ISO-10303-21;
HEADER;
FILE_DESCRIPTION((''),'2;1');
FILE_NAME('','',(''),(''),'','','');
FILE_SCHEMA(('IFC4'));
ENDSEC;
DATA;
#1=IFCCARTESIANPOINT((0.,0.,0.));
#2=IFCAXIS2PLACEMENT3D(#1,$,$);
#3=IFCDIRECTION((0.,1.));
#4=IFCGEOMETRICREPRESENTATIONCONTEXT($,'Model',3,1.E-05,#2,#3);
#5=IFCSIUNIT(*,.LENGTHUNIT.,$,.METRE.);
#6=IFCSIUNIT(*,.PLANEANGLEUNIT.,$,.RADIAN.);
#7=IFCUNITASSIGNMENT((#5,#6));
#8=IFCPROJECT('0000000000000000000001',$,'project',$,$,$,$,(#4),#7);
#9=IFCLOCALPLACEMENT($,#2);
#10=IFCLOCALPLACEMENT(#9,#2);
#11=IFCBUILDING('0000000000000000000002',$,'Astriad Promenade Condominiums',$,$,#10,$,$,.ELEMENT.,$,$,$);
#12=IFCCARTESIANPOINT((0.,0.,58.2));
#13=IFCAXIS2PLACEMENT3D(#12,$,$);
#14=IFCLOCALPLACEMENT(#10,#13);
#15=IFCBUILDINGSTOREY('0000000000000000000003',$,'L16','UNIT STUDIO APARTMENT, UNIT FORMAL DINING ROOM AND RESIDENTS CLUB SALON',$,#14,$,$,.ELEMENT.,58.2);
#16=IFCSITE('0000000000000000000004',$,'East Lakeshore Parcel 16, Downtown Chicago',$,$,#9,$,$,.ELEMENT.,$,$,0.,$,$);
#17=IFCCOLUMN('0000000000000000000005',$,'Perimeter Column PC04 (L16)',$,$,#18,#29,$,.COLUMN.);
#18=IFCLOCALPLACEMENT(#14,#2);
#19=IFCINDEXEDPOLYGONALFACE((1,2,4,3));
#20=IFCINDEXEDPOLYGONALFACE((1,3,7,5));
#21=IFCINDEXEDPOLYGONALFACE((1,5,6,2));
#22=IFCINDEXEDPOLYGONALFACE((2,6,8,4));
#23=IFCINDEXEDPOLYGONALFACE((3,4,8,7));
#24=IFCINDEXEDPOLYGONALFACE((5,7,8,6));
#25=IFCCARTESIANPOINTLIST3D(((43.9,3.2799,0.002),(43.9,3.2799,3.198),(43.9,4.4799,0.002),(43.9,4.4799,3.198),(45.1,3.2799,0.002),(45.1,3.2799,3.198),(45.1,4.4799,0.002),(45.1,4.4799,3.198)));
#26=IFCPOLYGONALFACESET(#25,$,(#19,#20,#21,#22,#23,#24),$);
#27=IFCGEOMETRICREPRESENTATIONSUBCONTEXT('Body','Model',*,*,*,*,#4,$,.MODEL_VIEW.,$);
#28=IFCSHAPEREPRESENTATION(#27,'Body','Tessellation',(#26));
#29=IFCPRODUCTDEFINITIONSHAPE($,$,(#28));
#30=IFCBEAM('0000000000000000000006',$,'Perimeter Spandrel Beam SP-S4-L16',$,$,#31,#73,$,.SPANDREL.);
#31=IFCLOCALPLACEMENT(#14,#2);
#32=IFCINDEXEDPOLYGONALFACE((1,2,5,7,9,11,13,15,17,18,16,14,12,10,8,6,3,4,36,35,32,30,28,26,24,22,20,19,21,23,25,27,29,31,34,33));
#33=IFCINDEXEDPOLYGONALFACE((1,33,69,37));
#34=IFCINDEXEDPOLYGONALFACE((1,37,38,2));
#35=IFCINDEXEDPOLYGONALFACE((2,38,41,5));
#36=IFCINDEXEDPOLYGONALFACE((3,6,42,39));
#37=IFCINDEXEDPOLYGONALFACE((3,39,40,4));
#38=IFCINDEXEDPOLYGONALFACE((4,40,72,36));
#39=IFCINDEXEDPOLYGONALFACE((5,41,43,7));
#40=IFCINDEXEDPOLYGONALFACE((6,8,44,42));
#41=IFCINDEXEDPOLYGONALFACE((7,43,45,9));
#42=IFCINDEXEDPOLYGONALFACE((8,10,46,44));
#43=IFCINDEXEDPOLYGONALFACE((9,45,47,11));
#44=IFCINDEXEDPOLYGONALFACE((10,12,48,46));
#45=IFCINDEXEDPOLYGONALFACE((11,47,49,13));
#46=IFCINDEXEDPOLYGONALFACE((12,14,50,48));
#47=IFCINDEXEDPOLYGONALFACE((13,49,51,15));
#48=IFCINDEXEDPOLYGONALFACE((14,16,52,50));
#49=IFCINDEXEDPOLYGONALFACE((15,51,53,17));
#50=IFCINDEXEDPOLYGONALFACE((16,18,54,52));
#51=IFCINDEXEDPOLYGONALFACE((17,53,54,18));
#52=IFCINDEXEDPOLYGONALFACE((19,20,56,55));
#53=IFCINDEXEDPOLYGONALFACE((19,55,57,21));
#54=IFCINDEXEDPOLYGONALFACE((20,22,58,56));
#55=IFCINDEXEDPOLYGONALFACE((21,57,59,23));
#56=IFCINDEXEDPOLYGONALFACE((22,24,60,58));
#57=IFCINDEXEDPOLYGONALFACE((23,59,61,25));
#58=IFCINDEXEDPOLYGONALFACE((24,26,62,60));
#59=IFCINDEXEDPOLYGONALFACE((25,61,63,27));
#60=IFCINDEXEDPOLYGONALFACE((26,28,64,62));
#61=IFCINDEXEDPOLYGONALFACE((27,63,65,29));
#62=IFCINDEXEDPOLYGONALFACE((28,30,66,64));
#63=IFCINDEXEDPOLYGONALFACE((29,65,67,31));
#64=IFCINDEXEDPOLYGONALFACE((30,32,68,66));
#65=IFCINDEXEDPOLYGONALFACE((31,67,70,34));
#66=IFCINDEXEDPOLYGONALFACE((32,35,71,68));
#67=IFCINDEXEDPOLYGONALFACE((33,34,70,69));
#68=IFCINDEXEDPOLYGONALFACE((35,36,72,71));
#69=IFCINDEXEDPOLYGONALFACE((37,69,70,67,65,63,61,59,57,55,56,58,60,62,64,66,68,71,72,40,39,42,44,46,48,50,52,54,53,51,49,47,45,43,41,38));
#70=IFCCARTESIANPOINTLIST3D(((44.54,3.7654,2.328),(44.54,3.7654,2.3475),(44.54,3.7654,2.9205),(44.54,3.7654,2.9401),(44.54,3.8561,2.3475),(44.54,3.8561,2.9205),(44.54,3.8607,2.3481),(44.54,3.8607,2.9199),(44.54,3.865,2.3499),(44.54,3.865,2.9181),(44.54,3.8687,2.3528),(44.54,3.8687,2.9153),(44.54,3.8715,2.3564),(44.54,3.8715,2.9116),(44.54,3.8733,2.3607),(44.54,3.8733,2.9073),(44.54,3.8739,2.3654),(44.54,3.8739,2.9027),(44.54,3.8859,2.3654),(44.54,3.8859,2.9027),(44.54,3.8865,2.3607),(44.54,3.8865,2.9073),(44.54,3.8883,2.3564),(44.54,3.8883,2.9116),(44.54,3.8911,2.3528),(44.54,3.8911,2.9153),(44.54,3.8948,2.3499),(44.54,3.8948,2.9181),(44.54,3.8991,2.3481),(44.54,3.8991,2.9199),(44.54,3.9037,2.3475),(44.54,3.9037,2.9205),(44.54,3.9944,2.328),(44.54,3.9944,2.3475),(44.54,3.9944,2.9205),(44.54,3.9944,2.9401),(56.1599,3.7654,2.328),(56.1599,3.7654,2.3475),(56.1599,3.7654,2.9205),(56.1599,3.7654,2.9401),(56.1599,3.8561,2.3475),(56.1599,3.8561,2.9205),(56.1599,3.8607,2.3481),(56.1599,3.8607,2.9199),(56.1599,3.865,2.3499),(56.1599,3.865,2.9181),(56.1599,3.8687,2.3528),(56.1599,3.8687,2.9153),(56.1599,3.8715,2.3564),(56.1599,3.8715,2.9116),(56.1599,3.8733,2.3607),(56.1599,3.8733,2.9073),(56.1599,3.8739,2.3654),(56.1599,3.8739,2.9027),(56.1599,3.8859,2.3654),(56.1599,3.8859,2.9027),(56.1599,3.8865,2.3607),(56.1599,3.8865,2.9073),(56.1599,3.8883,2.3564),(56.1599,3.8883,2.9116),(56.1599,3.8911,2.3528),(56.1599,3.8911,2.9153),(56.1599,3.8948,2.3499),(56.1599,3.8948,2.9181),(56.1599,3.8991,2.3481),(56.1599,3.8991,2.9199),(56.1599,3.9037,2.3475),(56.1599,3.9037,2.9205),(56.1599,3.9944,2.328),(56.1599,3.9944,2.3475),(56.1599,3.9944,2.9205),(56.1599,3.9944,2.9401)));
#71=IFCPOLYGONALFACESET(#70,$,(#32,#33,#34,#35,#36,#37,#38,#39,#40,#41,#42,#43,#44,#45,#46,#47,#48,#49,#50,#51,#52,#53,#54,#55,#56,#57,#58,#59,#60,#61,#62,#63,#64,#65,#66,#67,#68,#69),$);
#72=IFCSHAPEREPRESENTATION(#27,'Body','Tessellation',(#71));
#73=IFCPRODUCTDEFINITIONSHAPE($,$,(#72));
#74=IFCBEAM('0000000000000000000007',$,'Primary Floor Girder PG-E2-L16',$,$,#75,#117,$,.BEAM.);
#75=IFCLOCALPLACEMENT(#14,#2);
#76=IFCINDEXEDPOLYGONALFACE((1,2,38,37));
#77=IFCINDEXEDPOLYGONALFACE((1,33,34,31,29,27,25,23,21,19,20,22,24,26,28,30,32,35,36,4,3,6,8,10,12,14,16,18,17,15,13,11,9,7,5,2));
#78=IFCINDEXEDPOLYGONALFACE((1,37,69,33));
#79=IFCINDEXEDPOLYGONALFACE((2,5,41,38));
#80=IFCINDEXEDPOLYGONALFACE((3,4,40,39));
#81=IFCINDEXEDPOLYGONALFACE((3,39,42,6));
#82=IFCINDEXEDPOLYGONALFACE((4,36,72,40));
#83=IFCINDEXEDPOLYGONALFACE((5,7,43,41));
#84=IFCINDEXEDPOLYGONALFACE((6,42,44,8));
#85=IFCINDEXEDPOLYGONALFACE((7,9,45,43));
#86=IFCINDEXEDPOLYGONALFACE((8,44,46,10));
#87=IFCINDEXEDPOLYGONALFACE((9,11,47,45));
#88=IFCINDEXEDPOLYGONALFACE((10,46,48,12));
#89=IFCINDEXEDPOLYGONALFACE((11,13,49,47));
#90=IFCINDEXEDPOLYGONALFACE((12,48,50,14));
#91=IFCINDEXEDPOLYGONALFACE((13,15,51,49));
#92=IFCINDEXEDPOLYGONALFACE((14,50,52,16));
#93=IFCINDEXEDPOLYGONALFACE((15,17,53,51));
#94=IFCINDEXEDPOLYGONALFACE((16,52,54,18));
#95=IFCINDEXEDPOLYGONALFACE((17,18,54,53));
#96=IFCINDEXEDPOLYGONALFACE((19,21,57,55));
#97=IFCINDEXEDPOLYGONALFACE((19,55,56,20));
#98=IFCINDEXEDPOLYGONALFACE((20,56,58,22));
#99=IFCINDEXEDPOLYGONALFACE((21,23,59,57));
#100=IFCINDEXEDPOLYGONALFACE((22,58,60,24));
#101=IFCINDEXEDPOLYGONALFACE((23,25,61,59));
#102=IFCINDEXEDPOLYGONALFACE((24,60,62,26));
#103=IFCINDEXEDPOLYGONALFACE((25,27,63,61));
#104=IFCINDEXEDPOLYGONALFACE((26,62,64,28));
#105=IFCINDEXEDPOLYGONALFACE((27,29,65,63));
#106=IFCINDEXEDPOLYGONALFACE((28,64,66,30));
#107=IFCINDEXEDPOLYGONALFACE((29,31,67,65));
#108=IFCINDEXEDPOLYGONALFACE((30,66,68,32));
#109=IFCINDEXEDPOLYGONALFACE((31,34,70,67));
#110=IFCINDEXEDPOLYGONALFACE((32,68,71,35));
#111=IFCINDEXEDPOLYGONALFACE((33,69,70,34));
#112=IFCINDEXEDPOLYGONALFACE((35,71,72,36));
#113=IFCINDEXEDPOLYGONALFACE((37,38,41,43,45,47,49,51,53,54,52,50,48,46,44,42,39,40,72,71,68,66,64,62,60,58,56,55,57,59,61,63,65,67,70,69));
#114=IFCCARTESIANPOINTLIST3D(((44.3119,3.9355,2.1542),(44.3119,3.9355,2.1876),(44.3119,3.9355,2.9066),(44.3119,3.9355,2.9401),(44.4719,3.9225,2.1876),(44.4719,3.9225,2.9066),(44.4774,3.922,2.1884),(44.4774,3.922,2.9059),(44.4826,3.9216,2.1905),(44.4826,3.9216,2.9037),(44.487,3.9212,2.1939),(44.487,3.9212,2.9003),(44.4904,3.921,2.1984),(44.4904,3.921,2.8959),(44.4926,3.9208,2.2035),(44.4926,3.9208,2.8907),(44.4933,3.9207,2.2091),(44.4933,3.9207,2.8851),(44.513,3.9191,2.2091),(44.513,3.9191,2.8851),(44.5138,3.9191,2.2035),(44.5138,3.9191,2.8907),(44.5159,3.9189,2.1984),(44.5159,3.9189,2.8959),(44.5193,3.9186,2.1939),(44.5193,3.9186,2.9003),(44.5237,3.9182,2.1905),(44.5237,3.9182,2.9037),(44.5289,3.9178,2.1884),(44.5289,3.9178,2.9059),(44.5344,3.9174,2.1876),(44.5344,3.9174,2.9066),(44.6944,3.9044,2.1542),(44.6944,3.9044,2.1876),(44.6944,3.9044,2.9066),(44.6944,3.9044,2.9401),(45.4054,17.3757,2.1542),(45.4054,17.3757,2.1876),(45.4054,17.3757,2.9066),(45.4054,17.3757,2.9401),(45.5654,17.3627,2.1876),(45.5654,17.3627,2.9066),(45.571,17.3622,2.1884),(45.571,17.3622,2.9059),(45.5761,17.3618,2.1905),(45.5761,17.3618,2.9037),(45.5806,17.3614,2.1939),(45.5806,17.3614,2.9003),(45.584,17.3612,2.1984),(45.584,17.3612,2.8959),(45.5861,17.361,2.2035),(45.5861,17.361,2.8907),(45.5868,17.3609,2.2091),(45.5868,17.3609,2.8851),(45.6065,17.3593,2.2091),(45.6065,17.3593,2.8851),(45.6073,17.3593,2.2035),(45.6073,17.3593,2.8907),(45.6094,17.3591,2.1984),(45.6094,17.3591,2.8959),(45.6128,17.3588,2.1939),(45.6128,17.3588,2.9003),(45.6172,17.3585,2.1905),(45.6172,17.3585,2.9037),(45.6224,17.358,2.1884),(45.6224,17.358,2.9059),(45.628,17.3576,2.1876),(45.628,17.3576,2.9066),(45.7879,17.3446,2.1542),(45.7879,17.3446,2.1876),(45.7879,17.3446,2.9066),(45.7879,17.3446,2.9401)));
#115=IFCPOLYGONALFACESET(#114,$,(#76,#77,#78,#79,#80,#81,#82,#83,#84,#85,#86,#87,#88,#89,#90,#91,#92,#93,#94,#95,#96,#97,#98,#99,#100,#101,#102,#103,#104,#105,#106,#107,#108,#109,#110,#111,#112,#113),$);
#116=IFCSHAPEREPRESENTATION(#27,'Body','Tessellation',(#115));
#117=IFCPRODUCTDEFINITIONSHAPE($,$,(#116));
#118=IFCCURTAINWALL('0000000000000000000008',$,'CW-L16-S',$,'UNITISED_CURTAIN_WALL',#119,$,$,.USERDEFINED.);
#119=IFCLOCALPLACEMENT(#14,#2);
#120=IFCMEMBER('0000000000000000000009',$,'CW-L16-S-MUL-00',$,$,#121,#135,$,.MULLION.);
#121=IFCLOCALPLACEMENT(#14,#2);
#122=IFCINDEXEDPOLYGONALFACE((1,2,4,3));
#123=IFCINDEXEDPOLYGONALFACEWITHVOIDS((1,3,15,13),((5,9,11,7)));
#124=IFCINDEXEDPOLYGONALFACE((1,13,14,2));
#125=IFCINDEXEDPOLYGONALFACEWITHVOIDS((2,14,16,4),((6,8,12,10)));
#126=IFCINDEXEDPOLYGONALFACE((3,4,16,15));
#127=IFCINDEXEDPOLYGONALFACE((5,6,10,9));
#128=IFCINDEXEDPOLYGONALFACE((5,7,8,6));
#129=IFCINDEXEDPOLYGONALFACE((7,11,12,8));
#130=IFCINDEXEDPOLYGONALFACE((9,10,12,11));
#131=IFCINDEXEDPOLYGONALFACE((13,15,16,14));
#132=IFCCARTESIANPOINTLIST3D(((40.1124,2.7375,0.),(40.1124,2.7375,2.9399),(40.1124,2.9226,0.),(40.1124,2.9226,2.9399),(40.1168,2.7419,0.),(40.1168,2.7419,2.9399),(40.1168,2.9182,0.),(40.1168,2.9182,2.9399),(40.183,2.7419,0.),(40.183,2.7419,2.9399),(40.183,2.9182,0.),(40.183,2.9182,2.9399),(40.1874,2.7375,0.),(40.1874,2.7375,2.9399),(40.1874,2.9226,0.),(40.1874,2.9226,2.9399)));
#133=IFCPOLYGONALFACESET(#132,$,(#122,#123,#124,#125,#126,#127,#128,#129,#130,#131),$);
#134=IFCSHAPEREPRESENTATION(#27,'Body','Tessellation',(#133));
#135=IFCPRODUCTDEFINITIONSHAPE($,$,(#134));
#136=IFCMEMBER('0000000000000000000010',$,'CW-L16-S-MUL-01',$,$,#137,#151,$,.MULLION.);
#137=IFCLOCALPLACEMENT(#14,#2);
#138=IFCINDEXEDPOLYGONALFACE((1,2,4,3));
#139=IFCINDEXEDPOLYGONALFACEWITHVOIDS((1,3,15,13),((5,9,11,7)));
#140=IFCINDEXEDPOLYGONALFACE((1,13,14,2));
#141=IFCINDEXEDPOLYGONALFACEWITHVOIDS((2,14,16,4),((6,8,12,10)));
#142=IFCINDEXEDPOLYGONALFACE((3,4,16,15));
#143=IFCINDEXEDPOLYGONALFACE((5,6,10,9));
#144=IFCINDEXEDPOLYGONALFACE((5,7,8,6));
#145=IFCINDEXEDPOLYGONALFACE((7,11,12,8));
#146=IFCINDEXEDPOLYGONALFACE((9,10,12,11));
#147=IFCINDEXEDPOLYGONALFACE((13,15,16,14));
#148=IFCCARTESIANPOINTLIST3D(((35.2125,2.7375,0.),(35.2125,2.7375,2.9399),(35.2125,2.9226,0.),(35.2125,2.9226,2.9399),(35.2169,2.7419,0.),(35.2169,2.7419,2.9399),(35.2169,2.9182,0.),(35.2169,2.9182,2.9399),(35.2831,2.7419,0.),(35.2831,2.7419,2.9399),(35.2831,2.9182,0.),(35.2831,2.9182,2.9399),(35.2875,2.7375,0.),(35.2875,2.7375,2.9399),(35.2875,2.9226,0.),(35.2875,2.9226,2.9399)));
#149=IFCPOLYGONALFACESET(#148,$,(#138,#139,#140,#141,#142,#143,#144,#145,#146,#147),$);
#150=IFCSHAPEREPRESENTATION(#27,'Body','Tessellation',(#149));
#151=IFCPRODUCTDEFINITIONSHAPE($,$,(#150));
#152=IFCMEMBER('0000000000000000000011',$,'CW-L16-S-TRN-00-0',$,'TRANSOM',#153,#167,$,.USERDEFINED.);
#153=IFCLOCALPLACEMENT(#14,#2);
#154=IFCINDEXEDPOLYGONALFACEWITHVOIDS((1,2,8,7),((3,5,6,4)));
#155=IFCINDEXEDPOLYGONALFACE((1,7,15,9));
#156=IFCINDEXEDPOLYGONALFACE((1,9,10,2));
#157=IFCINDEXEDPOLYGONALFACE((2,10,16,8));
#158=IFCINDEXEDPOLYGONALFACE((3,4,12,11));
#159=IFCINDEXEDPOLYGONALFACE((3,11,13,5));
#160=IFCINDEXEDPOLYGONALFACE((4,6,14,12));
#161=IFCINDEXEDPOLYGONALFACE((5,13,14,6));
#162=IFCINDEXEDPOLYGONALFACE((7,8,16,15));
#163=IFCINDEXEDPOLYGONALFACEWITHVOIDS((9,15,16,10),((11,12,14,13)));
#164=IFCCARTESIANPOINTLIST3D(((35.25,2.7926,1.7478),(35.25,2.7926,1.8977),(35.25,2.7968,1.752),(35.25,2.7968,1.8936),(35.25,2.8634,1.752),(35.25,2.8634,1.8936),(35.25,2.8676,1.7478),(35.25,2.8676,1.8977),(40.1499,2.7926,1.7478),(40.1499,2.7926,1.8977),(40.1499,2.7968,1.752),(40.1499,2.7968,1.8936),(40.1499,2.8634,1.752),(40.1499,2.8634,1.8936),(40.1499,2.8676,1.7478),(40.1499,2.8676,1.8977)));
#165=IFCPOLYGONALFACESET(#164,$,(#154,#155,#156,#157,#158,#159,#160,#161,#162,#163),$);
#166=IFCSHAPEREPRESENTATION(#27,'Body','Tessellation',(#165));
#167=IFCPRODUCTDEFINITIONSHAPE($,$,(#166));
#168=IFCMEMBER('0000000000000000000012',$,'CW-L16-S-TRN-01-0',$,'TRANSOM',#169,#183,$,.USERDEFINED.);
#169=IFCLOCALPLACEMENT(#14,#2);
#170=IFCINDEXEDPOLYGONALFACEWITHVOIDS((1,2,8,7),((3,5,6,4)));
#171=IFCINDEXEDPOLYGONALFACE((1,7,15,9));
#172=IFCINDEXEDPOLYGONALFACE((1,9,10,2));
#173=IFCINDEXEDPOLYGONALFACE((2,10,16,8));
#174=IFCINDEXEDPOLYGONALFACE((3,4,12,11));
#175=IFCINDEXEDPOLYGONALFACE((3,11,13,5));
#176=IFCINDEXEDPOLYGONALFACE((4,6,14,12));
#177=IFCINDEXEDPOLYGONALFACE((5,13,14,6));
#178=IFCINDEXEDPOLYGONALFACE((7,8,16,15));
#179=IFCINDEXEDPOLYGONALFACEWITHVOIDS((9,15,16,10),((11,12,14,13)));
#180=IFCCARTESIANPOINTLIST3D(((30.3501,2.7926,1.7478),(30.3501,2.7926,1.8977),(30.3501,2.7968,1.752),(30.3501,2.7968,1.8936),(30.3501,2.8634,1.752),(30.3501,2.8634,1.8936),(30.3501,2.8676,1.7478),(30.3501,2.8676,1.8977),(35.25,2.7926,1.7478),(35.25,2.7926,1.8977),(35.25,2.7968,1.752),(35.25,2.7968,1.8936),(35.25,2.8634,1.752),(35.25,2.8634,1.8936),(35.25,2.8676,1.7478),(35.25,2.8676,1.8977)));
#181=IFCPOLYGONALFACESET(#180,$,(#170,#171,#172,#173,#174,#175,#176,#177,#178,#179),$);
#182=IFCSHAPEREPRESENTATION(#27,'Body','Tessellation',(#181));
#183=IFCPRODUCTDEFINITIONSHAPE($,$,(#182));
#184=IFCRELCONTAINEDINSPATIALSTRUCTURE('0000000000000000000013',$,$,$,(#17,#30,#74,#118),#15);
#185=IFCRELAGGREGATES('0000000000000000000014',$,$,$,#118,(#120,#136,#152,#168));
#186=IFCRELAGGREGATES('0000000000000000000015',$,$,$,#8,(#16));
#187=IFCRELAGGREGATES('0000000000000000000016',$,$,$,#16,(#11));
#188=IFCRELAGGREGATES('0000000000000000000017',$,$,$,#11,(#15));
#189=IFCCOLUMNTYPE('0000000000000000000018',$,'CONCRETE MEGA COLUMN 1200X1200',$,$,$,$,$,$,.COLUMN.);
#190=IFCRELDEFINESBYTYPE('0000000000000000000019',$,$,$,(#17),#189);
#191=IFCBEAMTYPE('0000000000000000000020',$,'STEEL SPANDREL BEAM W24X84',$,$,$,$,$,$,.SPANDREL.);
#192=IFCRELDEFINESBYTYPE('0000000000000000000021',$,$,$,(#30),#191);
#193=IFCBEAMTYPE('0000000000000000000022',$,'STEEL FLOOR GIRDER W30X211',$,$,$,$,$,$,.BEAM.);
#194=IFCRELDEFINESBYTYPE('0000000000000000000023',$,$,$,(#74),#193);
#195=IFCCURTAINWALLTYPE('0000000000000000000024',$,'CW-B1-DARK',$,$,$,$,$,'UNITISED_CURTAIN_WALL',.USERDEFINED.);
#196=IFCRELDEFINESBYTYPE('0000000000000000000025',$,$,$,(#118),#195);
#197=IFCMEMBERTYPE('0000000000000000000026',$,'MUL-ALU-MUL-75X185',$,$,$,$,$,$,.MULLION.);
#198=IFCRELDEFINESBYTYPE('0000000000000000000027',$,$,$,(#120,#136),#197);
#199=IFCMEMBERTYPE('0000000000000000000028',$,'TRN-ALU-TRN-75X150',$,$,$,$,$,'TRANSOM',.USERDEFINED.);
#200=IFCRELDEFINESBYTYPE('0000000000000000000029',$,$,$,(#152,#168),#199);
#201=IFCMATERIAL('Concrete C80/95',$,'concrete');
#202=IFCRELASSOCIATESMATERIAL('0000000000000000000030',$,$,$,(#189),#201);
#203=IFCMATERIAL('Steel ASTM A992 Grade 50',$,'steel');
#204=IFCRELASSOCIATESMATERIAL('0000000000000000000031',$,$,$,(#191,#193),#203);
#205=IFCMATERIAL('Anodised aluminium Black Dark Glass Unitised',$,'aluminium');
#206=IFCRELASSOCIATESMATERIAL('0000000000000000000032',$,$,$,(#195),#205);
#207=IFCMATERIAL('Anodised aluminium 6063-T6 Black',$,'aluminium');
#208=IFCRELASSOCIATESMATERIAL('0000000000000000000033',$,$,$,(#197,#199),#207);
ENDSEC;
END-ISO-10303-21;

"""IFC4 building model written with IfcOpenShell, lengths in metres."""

from ifc_helpers import new_model, si_unit, direction, frame, origin, origin_2d, place, context, subcontext, project, spatial, rectangle, hollow_rectangle, i_section, extrude, source, transform, mapped, material, material_profile, profile_set, type_object, type_shapes, element, aggregate, save


model = new_model("IFC4")

# Units and contexts
model_context = context("Model", 3, precision=1e-05, world=origin(), true_north=direction((0.0, 1.0)))
body_context = subcontext(model_context, "Body", "Model", "MODEL_VIEW")
ifc_project = project(units=[si_unit("LENGTHUNIT", "METRE"), si_unit("PLANEANGLEUNIT", "RADIAN")], contexts=[model_context])

# Site, building, storey
site_placement = place(None, origin())
site = spatial("IfcSite", under=ifc_project, at=site_placement, Name="East Lakeshore Parcel 16, Downtown Chicago", CompositionType="ELEMENT", RefElevation=0.0)
building_placement = place(site_placement, origin())
building = spatial("IfcBuilding", under=site, at=building_placement, Name="Astriad Promenade Condominiums", CompositionType="ELEMENT")
storey_placement = place(building_placement, frame((0.0, 0.0, 58.2)))
storey = spatial("IfcBuildingStorey", under=building, at=storey_placement, Name="L16", Description="UNIT STUDIO APARTMENT, UNIT FORMAL DINING ROOM AND RESIDENTS CLUB SALON", CompositionType="ELEMENT", Elevation=58.2)

# Column
ifc_material_1 = material(Name="Concrete C80/95", Category="concrete")
ifc_material_profile_1 = material_profile(ifc_material_1, rectangle(XDim=1.2, YDim=1.2, at=origin_2d()), Name="RC-COL-1200X1200")
ifc_profile_set_1 = profile_set([ifc_material_profile_1], Name="Concrete C80/95")
column_type = type_object("IfcColumnType", Name="CONCRETE MEGA COLUMN 1200X1200", PredefinedType="COLUMN", material=ifc_profile_set_1)
shared_shape_1 = source(origin(), body_context, "Body", "SweptSolid", [
    extrude(rectangle(XDim=1.2, YDim=1.2, at=origin_2d()), origin(), (0.0, 0.0, 1.0), 3.196),
])
type_shapes(column_type, [shared_shape_1])
column_placement = place(storey_placement, frame((44.5, 3.8799, 0.002), z_axis=(0.0, 0.0, 1.0), x_axis=(1.0, 0.0, 0.0)))
element("IfcColumn", 1, at=column_placement, inside=storey, type_object=column_type, Name="Perimeter Column PC04 (L16)", PredefinedType="COLUMN", context=body_context, shape_type="MappedRepresentation", body=[
    mapped(shared_shape_1, transform((0.0, 0.0, 0.0), scale=1.0)),
])

# Beams
ifc_material_2 = material(Name="Steel ASTM A992 Grade 50", Category="steel")
ifc_material_profile_2 = material_profile(ifc_material_2, i_section(OverallWidth=0.229, OverallDepth=0.6121, WebThickness=0.012, FlangeThickness=0.0195, FilletRadius=0.0178, at=origin_2d()), Name="W24X84")
ifc_profile_set_2 = profile_set([ifc_material_profile_2], Name="Steel ASTM A992 Grade 50")
beam_type_1 = type_object("IfcBeamType", Name="STEEL SPANDREL BEAM W24X84", PredefinedType="SPANDREL", material=ifc_profile_set_2)
shared_shape_2 = source(origin(), body_context, "Body", "SweptSolid", [
    extrude(i_section(OverallWidth=0.229, OverallDepth=0.6121, WebThickness=0.012, FlangeThickness=0.0195, FilletRadius=0.0178, at=origin_2d()), origin(), (0.0, 0.0, 1.0), 11.6199),
])
type_shapes(beam_type_1, [shared_shape_2])
beam_1_placement = place(storey_placement, frame((44.54, 3.8799, 2.634), z_axis=(1.0, 0.0, 0.0), x_axis=(0.0, 1.0, 0.0)))
element("IfcBeam", 2, at=beam_1_placement, inside=storey, type_object=beam_type_1, Name="Perimeter Spandrel Beam SP-S4-L16", PredefinedType="SPANDREL", context=body_context, shape_type="MappedRepresentation", body=[
    mapped(shared_shape_2, transform((0.0, 0.0, 0.0), scale=1.0)),
])
ifc_material_profile_3 = material_profile(ifc_material_2, i_section(OverallWidth=0.3838, OverallDepth=0.7859, WebThickness=0.0198, FlangeThickness=0.0334, FilletRadius=0.0215, at=origin_2d()), Name="W30X211")
ifc_profile_set_3 = profile_set([ifc_material_profile_3], Name="Steel ASTM A992 Grade 50")
beam_type_2 = type_object("IfcBeamType", Name="STEEL FLOOR GIRDER W30X211", PredefinedType="BEAM", material=ifc_profile_set_3)
shared_shape_3 = source(origin(), body_context, "Body", "SweptSolid", [
    extrude(i_section(OverallWidth=0.3838, OverallDepth=0.7859, WebThickness=0.0198, FlangeThickness=0.0334, FilletRadius=0.0215, at=origin_2d()), origin(), (0.0, 0.0, 1.0), 13.4846),
])
type_shapes(beam_type_2, [shared_shape_3])
beam_2_placement = place(storey_placement, frame((44.5032, 3.9199, 2.5471), z_axis=(0.081093, 0.996707, 0.0), x_axis=(-0.996707, 0.081093, 0.0)))
element("IfcBeam", 3, at=beam_2_placement, inside=storey, type_object=beam_type_2, Name="Primary Floor Girder PG-E2-L16", PredefinedType="BEAM", context=body_context, shape_type="MappedRepresentation", body=[
    mapped(shared_shape_3, transform((0.0, 0.0, 0.0), scale=1.0)),
])

# Curtain wall, members
ifc_material_3 = material(Name="Anodised aluminium Black Dark Glass Unitised", Category="aluminium")
curtain_wall_type = type_object("IfcCurtainWallType", Name="CW-B1-DARK", ElementType="UNITISED_CURTAIN_WALL", PredefinedType="USERDEFINED", material=ifc_material_3)
curtain_wall_placement = place(storey_placement, origin())
curtain_wall = element("IfcCurtainWall", 4, at=curtain_wall_placement, inside=storey, type_object=curtain_wall_type, Name="CW-L16-S", ObjectType="UNITISED_CURTAIN_WALL", PredefinedType="USERDEFINED")
ifc_material_4 = material(Name="Anodised aluminium 6063-T6 Black", Category="aluminium")
ifc_material_profile_4 = material_profile(ifc_material_4, hollow_rectangle(XDim=0.075, YDim=0.1851, WallThickness=0.0044, at=origin_2d()), Name="ALU-MUL-75X185")
ifc_profile_set_4 = profile_set([ifc_material_profile_4], Name="Anodised aluminium 6063-T6 Black")
member_type_1 = type_object("IfcMemberType", Name="MUL-ALU-MUL-75X185", PredefinedType="MULLION", material=ifc_profile_set_4)
shared_shape_4 = source(origin(), body_context, "Body", "SweptSolid", [
    extrude(hollow_rectangle(XDim=0.075, YDim=0.1851, WallThickness=0.0044, at=origin_2d()), origin(), (0.0, 0.0, 1.0), 2.9399),
])
type_shapes(member_type_1, [shared_shape_4])
member_1_placement = place(storey_placement, frame((40.1499, 2.8301, 0.0), z_axis=(0.0, 0.0, 1.0), x_axis=(1.0, 0.0, 0.0)))
member_1 = element("IfcMember", 5, at=member_1_placement, type_object=member_type_1, Name="CW-L16-S-MUL-00", PredefinedType="MULLION", context=body_context, shape_type="MappedRepresentation", body=[
    mapped(shared_shape_4, transform((0.0, 0.0, 0.0), scale=1.0)),
])
member_2_placement = place(storey_placement, frame((35.25, 2.8301, 0.0), z_axis=(0.0, 0.0, 1.0), x_axis=(1.0, 0.0, 0.0)))
member_2 = element("IfcMember", 6, at=member_2_placement, type_object=member_type_1, Name="CW-L16-S-MUL-01", PredefinedType="MULLION", context=body_context, shape_type="MappedRepresentation", body=[
    mapped(shared_shape_4, transform((0.0, 0.0, 0.0), scale=1.0)),
])
ifc_material_profile_5 = material_profile(ifc_material_4, hollow_rectangle(XDim=0.075, YDim=0.1499, WallThickness=0.0042, at=origin_2d()), Name="ALU-TRN-75X150")
ifc_profile_set_5 = profile_set([ifc_material_profile_5], Name="Anodised aluminium 6063-T6 Black")
member_type_2 = type_object("IfcMemberType", Name="TRN-ALU-TRN-75X150", ElementType="TRANSOM", PredefinedType="USERDEFINED", material=ifc_profile_set_5)
shared_shape_5 = source(origin(), body_context, "Body", "SweptSolid", [
    extrude(hollow_rectangle(XDim=0.075, YDim=0.1499, WallThickness=0.0042, at=origin_2d()), origin(), (0.0, 0.0, 1.0), 4.8999),
])
type_shapes(member_type_2, [shared_shape_5])
member_3_placement = place(storey_placement, frame((40.1499, 2.8301, 1.8228), z_axis=(-1.0, 0.0, 0.0), x_axis=(0.0, -1.0, 0.0)))
member_3 = element("IfcMember", 7, at=member_3_placement, type_object=member_type_2, Name="CW-L16-S-TRN-00-0", ObjectType="TRANSOM", PredefinedType="USERDEFINED", context=body_context, shape_type="MappedRepresentation", body=[
    mapped(shared_shape_5, transform((0.0, 0.0, 0.0), scale=1.0)),
])
member_4_placement = place(storey_placement, frame((35.25, 2.8301, 1.8228), z_axis=(-1.0, 0.0, 0.0), x_axis=(0.0, -1.0, 0.0)))
member_4 = element("IfcMember", 8, at=member_4_placement, type_object=member_type_2, Name="CW-L16-S-TRN-01-0", ObjectType="TRANSOM", PredefinedType="USERDEFINED", context=body_context, shape_type="MappedRepresentation", body=[
    mapped(shared_shape_5, transform((0.0, 0.0, 0.0), scale=1.0)),
])
aggregate(curtain_wall, [member_1, member_2, member_3, member_4])

save(model, "model.ifc")
